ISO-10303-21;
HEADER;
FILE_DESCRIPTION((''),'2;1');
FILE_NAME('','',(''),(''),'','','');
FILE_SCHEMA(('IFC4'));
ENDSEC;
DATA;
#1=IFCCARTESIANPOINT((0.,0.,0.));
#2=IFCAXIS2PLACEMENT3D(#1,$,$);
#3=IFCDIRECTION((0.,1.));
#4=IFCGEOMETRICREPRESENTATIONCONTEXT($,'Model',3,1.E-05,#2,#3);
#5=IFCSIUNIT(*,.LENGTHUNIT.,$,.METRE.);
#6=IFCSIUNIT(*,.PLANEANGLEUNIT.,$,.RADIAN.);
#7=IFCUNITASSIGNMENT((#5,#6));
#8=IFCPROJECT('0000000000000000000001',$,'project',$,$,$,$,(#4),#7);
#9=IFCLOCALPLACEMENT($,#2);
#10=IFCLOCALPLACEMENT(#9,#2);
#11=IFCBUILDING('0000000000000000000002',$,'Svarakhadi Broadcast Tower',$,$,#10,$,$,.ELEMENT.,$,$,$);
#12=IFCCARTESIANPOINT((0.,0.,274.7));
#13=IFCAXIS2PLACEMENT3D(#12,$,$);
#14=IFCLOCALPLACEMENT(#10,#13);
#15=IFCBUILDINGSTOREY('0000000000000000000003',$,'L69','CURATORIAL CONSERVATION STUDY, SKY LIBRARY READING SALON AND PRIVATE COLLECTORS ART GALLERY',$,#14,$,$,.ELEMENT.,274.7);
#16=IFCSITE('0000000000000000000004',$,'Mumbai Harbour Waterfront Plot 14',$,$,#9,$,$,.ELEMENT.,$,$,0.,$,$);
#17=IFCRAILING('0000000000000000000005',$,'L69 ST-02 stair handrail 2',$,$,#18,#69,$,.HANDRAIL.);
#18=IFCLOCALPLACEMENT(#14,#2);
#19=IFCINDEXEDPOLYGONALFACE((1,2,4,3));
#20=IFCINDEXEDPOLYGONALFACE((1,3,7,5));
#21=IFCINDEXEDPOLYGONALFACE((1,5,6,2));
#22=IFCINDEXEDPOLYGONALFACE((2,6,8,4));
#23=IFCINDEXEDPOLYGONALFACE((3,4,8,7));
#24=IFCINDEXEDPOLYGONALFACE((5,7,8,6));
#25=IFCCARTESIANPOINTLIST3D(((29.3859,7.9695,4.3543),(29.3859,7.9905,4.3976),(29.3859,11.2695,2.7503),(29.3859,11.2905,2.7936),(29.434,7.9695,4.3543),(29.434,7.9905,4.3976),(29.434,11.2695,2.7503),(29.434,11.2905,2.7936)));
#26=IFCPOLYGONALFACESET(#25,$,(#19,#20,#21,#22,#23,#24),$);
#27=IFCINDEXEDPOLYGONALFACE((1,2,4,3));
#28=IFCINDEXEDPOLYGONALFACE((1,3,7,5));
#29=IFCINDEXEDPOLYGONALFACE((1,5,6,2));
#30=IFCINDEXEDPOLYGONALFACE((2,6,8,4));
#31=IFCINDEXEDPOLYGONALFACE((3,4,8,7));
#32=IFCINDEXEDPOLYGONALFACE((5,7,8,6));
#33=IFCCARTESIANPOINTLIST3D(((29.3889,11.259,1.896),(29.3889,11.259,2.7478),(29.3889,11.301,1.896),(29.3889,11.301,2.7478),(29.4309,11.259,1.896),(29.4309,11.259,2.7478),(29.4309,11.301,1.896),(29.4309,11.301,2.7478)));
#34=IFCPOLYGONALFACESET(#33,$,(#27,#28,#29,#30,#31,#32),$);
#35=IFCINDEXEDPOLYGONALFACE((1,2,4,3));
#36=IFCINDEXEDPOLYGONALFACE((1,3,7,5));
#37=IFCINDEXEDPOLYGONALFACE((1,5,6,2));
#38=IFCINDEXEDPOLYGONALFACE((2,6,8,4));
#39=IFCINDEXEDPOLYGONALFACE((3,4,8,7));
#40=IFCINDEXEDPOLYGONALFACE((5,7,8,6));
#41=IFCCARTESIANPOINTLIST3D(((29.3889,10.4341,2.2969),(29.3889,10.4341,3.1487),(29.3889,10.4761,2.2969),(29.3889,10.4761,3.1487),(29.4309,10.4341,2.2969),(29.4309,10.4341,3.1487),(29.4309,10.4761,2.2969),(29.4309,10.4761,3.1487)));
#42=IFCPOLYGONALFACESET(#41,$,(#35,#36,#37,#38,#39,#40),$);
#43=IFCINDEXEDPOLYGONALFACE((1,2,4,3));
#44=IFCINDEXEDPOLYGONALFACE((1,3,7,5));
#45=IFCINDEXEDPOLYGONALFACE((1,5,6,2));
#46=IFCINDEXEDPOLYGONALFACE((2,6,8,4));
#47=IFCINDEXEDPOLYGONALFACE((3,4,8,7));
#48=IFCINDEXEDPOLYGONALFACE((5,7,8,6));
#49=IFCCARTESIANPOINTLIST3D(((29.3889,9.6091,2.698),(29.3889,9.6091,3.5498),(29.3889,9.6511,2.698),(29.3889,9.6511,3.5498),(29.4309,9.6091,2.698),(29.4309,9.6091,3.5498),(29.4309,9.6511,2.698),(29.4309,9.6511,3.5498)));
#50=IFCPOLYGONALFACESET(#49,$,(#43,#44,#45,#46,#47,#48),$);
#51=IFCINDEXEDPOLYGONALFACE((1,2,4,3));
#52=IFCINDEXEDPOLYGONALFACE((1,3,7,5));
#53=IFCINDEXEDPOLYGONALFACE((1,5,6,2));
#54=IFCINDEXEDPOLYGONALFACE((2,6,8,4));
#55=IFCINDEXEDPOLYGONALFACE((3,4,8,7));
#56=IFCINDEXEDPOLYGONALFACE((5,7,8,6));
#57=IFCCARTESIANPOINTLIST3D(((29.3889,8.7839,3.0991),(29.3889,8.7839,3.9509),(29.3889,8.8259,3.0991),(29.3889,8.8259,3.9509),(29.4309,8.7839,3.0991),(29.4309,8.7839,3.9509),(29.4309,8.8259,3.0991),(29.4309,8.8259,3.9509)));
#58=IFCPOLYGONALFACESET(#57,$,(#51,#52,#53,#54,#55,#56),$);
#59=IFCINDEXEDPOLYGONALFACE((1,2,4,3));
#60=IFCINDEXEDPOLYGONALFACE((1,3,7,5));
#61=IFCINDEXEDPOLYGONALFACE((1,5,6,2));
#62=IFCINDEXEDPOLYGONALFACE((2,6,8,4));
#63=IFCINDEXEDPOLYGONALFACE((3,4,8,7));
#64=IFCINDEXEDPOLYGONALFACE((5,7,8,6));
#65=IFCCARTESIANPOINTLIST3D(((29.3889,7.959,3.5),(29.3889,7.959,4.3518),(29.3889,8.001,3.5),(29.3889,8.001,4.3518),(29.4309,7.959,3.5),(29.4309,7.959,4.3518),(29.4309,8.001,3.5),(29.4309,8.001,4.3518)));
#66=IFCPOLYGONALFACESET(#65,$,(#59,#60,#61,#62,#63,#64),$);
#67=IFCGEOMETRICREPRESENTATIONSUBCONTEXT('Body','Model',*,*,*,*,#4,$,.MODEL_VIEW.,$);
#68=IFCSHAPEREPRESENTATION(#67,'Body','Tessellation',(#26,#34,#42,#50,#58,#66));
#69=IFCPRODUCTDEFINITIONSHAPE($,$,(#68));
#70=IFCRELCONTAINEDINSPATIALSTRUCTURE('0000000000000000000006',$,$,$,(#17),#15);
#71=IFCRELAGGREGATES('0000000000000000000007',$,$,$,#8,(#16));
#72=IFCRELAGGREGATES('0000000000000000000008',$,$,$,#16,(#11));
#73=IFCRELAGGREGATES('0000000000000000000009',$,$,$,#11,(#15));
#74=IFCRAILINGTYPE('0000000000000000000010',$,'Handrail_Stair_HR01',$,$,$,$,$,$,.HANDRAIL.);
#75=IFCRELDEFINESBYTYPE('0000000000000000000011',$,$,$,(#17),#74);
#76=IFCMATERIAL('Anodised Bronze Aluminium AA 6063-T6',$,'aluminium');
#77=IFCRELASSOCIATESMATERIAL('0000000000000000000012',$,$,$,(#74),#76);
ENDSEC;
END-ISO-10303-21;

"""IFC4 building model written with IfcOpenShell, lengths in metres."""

from ifc_helpers import new_model, si_unit, direction, frame, origin, origin_2d, place, context, subcontext, project, spatial, rectangle, extrude, material, type_object, element, save


model = new_model("IFC4")

# Units and contexts
model_context = context("Model", 3, precision=1e-05, world=origin(), true_north=direction((0.0, 1.0)))
body_context = subcontext(model_context, "Body", "Model", "MODEL_VIEW")
ifc_project = project(units=[si_unit("LENGTHUNIT", "METRE"), si_unit("PLANEANGLEUNIT", "RADIAN")], contexts=[model_context])

# Site, building, storey
site_placement = place(None, origin())
site = spatial("IfcSite", under=ifc_project, at=site_placement, Name="Mumbai Harbour Waterfront Plot 14", CompositionType="ELEMENT", RefElevation=0.0)
building_placement = place(site_placement, origin())
building = spatial("IfcBuilding", under=site, at=building_placement, Name="Svarakhadi Broadcast Tower", CompositionType="ELEMENT")
storey_placement = place(building_placement, frame((0.0, 0.0, 274.7)))
storey = spatial("IfcBuildingStorey", under=building, at=storey_placement, Name="L69", Description="CURATORIAL CONSERVATION STUDY, SKY LIBRARY READING SALON AND PRIVATE COLLECTORS ART GALLERY", CompositionType="ELEMENT", Elevation=274.7)

# Shared definitions
ifc_material_1 = material(Name="Anodised Bronze Aluminium AA 6063-T6", Category="aluminium")

# Railing
railing_type_1 = type_object("IfcRailingType", Name="Handrail_Stair_HR01", PredefinedType="HANDRAIL", material=ifc_material_1)
railing_1_placement = place(storey_placement, frame((29.4099, 11.28, 1.896)))
element("IfcRailing", 1, at=railing_1_placement, inside=storey, type_object=railing_type_1, Name="L69 ST-02 stair handrail 2", PredefinedType="HANDRAIL", context=body_context, shape_type="SweptSolid", body=[
    extrude(rectangle(XDim=0.0481, YDim=0.0481, at=origin_2d()), frame((0.0, 0.0, 0.876), z_axis=(0.0, -0.899388, 0.437152), x_axis=(1.0, 0.0, 0.0)), (0.0, 0.0, 1.0), 3.6692),
    extrude(rectangle(XDim=0.042, YDim=0.042, at=origin_2d()), origin(), (0.0, 0.0, 1.0), 0.8518),
    extrude(rectangle(XDim=0.042, YDim=0.042, at=origin_2d()), frame((0.0, -0.825, 0.4009)), (0.0, 0.0, 1.0), 0.8518),
    extrude(rectangle(XDim=0.042, YDim=0.042, at=origin_2d()), frame((0.0, -1.6499, 0.802)), (0.0, 0.0, 1.0), 0.8518),
    extrude(rectangle(XDim=0.042, YDim=0.042, at=origin_2d()), frame((0.0, -2.4751, 1.2031)), (0.0, 0.0, 1.0), 0.8518),
    extrude(rectangle(XDim=0.042, YDim=0.042, at=origin_2d()), frame((0.0, -3.3, 1.604)), (0.0, 0.0, 1.0), 0.8518),
])

save(model, "model.ifc")
